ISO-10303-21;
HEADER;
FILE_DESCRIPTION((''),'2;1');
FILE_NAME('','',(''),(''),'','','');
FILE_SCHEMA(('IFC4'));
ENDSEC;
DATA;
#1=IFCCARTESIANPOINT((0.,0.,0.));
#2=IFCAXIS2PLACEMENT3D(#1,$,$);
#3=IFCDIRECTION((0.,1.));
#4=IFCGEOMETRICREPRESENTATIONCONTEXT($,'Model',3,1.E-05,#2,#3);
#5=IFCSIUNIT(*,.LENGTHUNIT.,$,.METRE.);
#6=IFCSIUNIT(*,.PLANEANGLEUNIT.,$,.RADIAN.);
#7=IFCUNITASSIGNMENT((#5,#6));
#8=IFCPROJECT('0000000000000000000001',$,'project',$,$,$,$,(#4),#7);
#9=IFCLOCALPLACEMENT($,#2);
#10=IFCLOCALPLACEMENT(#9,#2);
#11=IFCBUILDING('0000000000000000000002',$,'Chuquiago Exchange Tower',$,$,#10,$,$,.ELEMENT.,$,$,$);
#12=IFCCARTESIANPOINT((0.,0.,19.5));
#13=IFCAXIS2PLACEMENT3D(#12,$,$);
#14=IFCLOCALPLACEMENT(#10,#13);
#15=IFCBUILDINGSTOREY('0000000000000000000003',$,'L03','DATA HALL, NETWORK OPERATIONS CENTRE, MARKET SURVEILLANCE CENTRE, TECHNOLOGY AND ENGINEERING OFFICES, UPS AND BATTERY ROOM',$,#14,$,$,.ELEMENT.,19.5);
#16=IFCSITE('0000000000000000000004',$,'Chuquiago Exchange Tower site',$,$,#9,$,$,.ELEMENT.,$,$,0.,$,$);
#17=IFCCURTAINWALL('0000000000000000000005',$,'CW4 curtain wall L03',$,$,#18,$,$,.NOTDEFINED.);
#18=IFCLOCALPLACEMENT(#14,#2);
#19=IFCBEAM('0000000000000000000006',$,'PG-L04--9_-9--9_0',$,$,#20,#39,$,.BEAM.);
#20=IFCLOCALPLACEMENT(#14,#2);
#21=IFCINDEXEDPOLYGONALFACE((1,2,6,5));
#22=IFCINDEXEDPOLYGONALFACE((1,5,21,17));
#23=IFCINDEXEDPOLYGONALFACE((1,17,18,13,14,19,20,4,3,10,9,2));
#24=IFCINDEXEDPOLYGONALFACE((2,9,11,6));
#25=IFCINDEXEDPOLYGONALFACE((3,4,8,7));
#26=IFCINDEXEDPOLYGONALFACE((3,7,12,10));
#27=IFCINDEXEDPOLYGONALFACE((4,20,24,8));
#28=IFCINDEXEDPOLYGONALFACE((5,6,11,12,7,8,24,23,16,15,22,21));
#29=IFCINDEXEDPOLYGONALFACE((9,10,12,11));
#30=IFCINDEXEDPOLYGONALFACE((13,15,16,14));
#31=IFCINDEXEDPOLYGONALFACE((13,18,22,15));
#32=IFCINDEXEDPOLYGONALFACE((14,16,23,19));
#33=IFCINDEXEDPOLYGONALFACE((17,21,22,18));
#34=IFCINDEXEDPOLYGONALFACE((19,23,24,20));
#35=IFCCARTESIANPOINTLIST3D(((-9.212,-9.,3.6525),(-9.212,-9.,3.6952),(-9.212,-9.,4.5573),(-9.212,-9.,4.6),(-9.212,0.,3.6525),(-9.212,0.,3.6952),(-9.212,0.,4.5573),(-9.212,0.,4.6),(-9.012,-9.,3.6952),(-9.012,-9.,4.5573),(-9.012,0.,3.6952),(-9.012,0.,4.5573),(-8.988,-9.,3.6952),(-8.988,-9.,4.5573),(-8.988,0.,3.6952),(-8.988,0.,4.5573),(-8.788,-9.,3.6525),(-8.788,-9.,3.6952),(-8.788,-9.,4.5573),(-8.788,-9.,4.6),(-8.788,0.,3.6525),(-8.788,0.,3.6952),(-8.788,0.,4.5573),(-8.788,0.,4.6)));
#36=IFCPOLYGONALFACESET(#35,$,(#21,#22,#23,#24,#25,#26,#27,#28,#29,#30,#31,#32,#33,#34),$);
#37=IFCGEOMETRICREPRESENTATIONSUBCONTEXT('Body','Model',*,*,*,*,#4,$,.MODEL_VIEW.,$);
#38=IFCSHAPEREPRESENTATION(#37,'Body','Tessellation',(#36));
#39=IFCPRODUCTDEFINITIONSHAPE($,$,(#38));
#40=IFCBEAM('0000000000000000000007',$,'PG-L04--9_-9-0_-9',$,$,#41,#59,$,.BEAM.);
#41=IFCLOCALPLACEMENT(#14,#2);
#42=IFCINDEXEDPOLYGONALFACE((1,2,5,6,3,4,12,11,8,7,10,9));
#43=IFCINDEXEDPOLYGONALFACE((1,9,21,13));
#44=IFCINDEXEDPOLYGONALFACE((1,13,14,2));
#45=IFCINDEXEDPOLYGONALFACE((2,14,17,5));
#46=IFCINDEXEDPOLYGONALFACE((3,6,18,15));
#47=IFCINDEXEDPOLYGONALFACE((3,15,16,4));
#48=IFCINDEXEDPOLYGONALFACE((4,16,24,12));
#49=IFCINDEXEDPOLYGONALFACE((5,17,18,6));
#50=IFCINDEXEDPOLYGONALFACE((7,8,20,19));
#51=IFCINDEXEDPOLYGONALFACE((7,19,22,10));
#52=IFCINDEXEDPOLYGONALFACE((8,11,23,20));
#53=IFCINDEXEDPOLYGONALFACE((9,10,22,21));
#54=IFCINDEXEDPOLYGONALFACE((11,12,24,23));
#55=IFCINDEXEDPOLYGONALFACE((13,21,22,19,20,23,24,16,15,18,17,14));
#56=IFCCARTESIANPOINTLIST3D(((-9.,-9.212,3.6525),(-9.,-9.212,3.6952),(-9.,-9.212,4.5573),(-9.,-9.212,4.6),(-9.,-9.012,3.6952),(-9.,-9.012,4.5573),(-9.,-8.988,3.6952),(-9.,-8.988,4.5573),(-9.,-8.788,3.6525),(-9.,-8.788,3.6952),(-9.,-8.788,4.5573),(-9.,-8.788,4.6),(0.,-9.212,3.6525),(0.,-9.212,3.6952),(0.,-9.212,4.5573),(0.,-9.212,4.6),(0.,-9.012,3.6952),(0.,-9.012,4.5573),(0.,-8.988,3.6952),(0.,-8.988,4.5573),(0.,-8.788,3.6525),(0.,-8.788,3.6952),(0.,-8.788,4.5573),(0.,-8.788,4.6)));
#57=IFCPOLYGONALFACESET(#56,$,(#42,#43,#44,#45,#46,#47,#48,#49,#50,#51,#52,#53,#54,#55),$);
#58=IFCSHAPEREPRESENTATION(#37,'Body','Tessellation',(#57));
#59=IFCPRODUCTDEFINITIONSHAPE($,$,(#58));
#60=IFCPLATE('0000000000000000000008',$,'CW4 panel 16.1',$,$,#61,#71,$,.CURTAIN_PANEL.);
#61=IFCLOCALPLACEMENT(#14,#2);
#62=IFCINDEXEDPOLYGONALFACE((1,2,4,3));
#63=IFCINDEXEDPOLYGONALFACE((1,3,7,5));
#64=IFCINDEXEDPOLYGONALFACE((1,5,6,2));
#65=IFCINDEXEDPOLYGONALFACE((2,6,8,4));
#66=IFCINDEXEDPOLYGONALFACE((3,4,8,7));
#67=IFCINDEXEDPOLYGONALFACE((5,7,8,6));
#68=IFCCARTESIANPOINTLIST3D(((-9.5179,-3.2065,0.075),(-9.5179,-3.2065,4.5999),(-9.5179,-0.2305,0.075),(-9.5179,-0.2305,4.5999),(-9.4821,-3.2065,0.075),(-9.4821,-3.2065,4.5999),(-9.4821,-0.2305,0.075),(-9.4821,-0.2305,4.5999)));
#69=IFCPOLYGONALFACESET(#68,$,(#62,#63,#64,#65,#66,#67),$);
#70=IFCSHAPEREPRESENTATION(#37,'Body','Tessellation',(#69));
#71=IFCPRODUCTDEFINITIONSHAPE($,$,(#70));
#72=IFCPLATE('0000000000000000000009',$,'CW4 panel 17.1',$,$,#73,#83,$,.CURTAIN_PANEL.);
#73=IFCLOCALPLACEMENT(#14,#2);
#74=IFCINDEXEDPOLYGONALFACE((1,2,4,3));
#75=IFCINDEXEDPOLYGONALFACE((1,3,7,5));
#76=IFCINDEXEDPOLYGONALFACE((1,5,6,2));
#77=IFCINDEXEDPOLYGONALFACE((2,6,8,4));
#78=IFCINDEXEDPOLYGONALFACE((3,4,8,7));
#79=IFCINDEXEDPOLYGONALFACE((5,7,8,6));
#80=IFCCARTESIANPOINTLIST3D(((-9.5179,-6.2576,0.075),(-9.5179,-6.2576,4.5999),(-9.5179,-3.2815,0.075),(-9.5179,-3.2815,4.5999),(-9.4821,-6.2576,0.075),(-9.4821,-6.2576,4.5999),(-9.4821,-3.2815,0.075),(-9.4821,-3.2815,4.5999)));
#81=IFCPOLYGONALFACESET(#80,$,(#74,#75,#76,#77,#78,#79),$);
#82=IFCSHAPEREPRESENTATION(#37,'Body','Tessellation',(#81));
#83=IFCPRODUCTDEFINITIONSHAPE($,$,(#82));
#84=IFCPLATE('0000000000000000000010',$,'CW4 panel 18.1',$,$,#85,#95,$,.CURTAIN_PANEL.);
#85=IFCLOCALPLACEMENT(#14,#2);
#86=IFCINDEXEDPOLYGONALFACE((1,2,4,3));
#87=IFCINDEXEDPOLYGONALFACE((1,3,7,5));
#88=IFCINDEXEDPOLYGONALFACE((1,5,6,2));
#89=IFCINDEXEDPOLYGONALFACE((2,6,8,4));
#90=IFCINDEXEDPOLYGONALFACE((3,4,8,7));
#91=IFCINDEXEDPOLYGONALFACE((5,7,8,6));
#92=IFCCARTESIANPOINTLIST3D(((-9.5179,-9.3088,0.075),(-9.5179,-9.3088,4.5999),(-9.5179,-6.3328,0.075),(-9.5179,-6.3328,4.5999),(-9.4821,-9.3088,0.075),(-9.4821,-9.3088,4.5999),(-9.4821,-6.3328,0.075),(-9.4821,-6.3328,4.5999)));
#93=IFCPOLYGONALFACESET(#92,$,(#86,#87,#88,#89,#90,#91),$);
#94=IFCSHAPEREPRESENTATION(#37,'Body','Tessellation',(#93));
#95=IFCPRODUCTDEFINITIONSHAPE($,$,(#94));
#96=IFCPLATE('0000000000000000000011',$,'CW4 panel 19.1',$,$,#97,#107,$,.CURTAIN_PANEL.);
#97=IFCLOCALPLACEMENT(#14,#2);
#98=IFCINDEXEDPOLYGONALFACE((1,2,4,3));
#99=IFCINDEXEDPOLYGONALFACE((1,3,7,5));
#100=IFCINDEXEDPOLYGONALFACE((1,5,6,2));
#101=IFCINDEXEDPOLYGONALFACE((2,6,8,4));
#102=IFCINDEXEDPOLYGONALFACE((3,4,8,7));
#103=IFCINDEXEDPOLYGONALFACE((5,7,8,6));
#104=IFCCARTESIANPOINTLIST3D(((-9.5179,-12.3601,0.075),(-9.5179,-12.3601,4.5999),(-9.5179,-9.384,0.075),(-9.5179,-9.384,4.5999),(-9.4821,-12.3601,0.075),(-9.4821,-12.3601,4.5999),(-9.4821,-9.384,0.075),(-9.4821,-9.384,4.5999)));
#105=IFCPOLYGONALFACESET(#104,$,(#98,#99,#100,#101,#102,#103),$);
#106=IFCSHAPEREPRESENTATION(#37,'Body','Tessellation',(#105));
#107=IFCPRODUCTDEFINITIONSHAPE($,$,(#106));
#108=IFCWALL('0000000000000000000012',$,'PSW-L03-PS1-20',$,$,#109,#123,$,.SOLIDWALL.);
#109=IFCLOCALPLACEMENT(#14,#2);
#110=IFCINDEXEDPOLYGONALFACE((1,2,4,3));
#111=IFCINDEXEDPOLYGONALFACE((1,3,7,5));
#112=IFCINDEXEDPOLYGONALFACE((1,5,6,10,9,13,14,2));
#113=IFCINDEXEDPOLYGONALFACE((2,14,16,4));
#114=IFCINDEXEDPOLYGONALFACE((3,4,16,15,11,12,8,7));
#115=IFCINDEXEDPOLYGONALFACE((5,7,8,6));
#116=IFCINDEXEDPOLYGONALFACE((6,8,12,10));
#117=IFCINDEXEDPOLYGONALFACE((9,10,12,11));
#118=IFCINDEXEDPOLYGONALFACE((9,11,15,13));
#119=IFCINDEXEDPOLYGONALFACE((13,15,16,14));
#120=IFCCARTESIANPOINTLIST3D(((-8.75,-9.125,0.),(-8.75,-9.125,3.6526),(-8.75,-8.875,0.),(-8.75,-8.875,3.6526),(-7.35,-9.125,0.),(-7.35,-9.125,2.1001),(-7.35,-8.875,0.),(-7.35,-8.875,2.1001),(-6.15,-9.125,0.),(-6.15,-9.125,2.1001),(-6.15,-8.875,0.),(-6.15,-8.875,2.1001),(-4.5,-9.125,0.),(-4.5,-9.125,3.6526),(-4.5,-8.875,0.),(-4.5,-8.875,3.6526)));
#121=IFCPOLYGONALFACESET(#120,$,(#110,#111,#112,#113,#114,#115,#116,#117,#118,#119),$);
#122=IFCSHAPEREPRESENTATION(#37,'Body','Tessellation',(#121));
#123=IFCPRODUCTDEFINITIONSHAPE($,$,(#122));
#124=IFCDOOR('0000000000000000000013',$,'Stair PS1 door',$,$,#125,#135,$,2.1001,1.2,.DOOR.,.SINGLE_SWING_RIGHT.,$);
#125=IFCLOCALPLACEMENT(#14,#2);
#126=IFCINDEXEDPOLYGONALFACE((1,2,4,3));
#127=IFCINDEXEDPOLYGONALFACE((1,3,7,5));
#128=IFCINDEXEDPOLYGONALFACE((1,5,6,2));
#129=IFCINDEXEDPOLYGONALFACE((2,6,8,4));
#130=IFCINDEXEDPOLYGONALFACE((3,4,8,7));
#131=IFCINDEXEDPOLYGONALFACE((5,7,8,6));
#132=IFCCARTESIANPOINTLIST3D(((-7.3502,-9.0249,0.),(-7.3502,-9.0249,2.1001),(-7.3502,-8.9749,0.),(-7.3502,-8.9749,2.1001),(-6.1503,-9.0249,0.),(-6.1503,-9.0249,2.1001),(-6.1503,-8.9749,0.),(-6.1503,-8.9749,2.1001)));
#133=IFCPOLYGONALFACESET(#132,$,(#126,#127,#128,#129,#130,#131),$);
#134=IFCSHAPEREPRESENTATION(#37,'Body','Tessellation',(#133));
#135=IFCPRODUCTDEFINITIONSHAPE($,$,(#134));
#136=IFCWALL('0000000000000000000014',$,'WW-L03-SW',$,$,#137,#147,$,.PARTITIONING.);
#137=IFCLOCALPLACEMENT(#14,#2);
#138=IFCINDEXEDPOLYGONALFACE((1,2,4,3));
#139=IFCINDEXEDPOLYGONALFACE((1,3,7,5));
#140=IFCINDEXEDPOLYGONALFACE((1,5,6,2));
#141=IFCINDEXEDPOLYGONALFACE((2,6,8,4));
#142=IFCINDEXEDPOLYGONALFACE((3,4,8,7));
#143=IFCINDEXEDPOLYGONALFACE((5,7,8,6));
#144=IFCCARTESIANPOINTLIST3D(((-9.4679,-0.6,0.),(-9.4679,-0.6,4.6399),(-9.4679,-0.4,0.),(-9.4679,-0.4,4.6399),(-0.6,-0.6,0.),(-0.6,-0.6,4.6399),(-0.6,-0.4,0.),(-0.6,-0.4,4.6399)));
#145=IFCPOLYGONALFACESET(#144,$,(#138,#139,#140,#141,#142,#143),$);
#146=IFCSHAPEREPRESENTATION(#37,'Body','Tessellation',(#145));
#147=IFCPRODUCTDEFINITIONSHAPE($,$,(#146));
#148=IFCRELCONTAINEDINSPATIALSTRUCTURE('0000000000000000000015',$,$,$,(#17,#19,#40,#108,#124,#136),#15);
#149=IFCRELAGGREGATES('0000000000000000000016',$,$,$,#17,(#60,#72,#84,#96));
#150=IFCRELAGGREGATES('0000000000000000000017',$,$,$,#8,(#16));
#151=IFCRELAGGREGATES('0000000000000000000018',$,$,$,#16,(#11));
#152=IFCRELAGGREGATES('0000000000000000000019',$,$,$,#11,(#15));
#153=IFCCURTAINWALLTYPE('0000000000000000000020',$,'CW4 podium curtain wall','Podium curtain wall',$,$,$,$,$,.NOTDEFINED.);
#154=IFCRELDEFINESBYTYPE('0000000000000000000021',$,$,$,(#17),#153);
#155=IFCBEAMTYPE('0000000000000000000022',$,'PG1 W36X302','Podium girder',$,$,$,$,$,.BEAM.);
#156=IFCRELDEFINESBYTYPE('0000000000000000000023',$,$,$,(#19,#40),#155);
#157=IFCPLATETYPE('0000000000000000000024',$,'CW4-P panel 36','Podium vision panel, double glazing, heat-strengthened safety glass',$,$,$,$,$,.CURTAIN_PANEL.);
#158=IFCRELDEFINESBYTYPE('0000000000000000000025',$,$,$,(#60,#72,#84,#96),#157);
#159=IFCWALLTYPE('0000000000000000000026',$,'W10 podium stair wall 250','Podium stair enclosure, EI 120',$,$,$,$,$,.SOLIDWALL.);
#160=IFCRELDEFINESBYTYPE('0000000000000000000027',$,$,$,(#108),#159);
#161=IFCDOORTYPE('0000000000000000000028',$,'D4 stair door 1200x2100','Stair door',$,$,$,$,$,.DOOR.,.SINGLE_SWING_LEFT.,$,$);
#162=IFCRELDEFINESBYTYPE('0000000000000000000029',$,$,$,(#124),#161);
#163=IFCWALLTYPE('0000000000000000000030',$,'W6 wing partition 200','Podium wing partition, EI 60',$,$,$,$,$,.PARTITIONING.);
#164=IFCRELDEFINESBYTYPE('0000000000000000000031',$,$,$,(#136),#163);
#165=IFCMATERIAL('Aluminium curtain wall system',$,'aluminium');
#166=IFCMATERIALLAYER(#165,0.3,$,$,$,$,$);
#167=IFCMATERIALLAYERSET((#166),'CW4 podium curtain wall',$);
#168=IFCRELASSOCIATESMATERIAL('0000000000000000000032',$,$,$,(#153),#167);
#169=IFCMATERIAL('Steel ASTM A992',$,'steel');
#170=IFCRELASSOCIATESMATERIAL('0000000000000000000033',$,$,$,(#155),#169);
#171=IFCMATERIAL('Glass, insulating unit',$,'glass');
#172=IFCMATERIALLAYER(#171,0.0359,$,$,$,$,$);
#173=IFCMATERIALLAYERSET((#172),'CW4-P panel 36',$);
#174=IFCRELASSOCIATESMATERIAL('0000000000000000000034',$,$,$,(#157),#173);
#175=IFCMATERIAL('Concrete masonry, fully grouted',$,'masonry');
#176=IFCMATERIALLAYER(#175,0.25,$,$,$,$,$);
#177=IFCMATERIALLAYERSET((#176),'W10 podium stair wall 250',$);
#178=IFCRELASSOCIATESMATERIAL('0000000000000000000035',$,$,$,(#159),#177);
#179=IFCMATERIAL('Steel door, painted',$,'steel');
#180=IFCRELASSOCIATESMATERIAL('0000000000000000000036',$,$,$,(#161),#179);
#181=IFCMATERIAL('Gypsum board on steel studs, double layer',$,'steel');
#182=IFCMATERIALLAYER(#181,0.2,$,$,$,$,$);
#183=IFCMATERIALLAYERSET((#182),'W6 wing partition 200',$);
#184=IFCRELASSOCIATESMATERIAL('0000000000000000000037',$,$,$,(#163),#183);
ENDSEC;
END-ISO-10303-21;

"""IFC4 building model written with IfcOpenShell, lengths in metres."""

from ifc_helpers import new_model, si_unit, direction, frame, frame_2d, origin, origin_2d, place, context, subcontext, project, spatial, rectangle, i_section, extrude, material, layer, layer_set, material_profile, profile_set, type_object, element, fill, aggregate, save


model = new_model("IFC4")

# Units and contexts
model_context = context("Model", 3, precision=1e-05, world=origin(), true_north=direction((0.0, 1.0)))
body_context = subcontext(model_context, "Body", "Model", "MODEL_VIEW")
ifc_project = project(units=[si_unit("LENGTHUNIT", "METRE"), si_unit("PLANEANGLEUNIT", "RADIAN")], contexts=[model_context])

# Site, building, storey
site_placement = place(None, origin())
site = spatial("IfcSite", under=ifc_project, at=site_placement, Name="Chuquiago Exchange Tower site", CompositionType="ELEMENT", RefElevation=0.0)
building_placement = place(site_placement, origin())
building = spatial("IfcBuilding", under=site, at=building_placement, Name="Chuquiago Exchange Tower", CompositionType="ELEMENT")
storey_placement = place(building_placement, frame((0.0, 0.0, 19.5)))
storey = spatial("IfcBuildingStorey", under=building, at=storey_placement, Name="L03", Description="DATA HALL, NETWORK OPERATIONS CENTRE, MARKET SURVEILLANCE CENTRE, TECHNOLOGY AND ENGINEERING OFFICES, UPS AND BATTERY ROOM", CompositionType="ELEMENT", Elevation=19.5)

# Curtain wall
ifc_material_1 = material(Name="Aluminium curtain wall system", Category="aluminium")
ifc_layer_1 = layer(ifc_material_1, 0.3)
ifc_layer_set_1 = layer_set([ifc_layer_1], Name="CW4 podium curtain wall")
curtain_wall_type = type_object("IfcCurtainWallType", Name="CW4 podium curtain wall", Description="Podium curtain wall", PredefinedType="NOTDEFINED", material=ifc_layer_set_1)
curtain_wall_placement = place(storey_placement, origin())
curtain_wall = element("IfcCurtainWall", 1, at=curtain_wall_placement, inside=storey, type_object=curtain_wall_type, Name="CW4 curtain wall L03", PredefinedType="NOTDEFINED")

# Beams
ifc_material_2 = material(Name="Steel ASTM A992", Category="steel")
ifc_material_profile_1 = material_profile(ifc_material_2, i_section(OverallWidth=0.4241, OverallDepth=0.9475, WebThickness=0.0239, FlangeThickness=0.0427, at=origin_2d()), Name="W36X302")
ifc_profile_set_1 = profile_set([ifc_material_profile_1], Name="Steel ASTM A992")
beam_type_1 = type_object("IfcBeamType", Name="PG1 W36X302", Description="Podium girder", PredefinedType="BEAM", material=ifc_profile_set_1)
for number, where, z_axis, x_axis, name in (
    (2, (-9.0, -9.0, 4.1262), (0.0, 1.0, 0.0), (-1.0, 0.0, 0.0), "PG-L04--9_-9--9_0"),
    (3, (-9.0, -9.0, 4.1262), (1.0, 0.0, 0.0), (0.0, 1.0, 0.0), "PG-L04--9_-9-0_-9"),
):
    element("IfcBeam", number, at=place(storey_placement, frame(where, z_axis=z_axis, x_axis=x_axis)), inside=storey, type_object=beam_type_1, Name=name, PredefinedType="BEAM", context=body_context, shape_type="SweptSolid", body=[
        extrude(i_section(OverallWidth=0.4241, OverallDepth=0.9475, WebThickness=0.0239, FlangeThickness=0.0427, at=origin_2d()), origin(), (0.0, 0.0, 1.0), 9.0),
    ])

# Plates
ifc_material_3 = material(Name="Glass, insulating unit", Category="glass")
ifc_layer_2 = layer(ifc_material_3, 0.0359)
ifc_layer_set_2 = layer_set([ifc_layer_2], Name="CW4-P panel 36")
plate_type = type_object("IfcPlateType", Name="CW4-P panel 36", Description="Podium vision panel, double glazing, heat-strengthened safety glass", PredefinedType="CURTAIN_PANEL", material=ifc_layer_set_2)
plate_1_placement = place(storey_placement, frame((-9.5, -1.7185, 0.075), z_axis=(0.0, 0.0, 1.0), x_axis=(0.0, -1.0, 0.0)))
plate_1 = element("IfcPlate", 4, at=plate_1_placement, type_object=plate_type, Name="CW4 panel 16.1", PredefinedType="CURTAIN_PANEL", context=body_context, shape_type="SweptSolid", body=[
    extrude(rectangle(XDim=2.9761, YDim=0.0359, at=origin_2d()), origin(), (0.0, 0.0, 1.0), 4.5249),
])
plate_2_placement = place(storey_placement, frame((-9.5, -4.7695, 0.075), z_axis=(0.0, 0.0, 1.0), x_axis=(0.0, -1.0, 0.0)))
plate_2 = element("IfcPlate", 5, at=plate_2_placement, type_object=plate_type, Name="CW4 panel 17.1", PredefinedType="CURTAIN_PANEL", context=body_context, shape_type="SweptSolid", body=[
    extrude(rectangle(XDim=2.9761, YDim=0.0359, at=origin_2d()), origin(), (0.0, 0.0, 1.0), 4.5249),
])
plate_3_placement = place(storey_placement, frame((-9.5, -7.8208, 0.075), z_axis=(0.0, 0.0, 1.0), x_axis=(0.0, -1.0, 0.0)))
plate_3 = element("IfcPlate", 6, at=plate_3_placement, type_object=plate_type, Name="CW4 panel 18.1", PredefinedType="CURTAIN_PANEL", context=body_context, shape_type="SweptSolid", body=[
    extrude(rectangle(XDim=2.9761, YDim=0.0359, at=origin_2d()), origin(), (0.0, 0.0, 1.0), 4.5249),
])
plate_4_placement = place(storey_placement, frame((-9.5, -10.8721, 0.075), z_axis=(0.0, 0.0, 1.0), x_axis=(0.0, -1.0, 0.0)))
plate_4 = element("IfcPlate", 7, at=plate_4_placement, type_object=plate_type, Name="CW4 panel 19.1", PredefinedType="CURTAIN_PANEL", context=body_context, shape_type="SweptSolid", body=[
    extrude(rectangle(XDim=2.9761, YDim=0.0359, at=origin_2d()), origin(), (0.0, 0.0, 1.0), 4.5249),
])
aggregate(curtain_wall, [plate_1, plate_2, plate_3, plate_4])

# Wall, opening, door
ifc_material_4 = material(Name="Concrete masonry, fully grouted", Category="masonry")
ifc_layer_3 = layer(ifc_material_4, 0.25)
ifc_layer_set_3 = layer_set([ifc_layer_3], Name="W10 podium stair wall 250")
wall_type_1 = type_object("IfcWallType", Name="W10 podium stair wall 250", Description="Podium stair enclosure, EI 120", PredefinedType="SOLIDWALL", material=ifc_layer_set_3)
wall_1_placement = place(storey_placement, frame((-8.75, -9.0, 0.0), z_axis=(0.0, 0.0, 1.0), x_axis=(1.0, 0.0, 0.0)))
wall_1 = element("IfcWall", 8, at=wall_1_placement, inside=storey, type_object=wall_type_1, Name="PSW-L03-PS1-20", PredefinedType="SOLIDWALL", context=body_context, shape_type="SweptSolid", body=[
    extrude(rectangle(XDim=4.25, YDim=0.25, at=frame_2d((2.125, 0.0))), origin(), (0.0, 0.0, 1.0), 3.6526),
])
opening_placement = place(wall_1_placement, frame((1.3999, 0.0, 0.0)))
opening = element("IfcOpeningElement", 9, at=opening_placement, cuts=wall_1, PredefinedType="OPENING", context=body_context, shape_type="SweptSolid", body=[
    extrude(rectangle(XDim=1.2, YDim=2.1001, at=frame_2d((0.6001, 1.05))), frame((0.0, 0.135, 0.0), z_axis=(0.0, -1.0, 0.0), x_axis=(1.0, 0.0, 0.0)), (0.0, 0.0, 1.0), 0.27),
])
ifc_material_5 = material(Name="Steel door, painted", Category="steel")
door_type = type_object("IfcDoorType", Name="D4 stair door 1200x2100", Description="Stair door", OperationType="SINGLE_SWING_LEFT", PredefinedType="DOOR", material=ifc_material_5)
door_placement = place(opening_placement, frame((1.2, 0.0, 0.0), z_axis=(0.0, 0.0, 1.0), x_axis=(-1.0, 0.0, 0.0)))
door = element("IfcDoor", 10, at=door_placement, inside=storey, type_object=door_type, Name="Stair PS1 door", OperationType="SINGLE_SWING_RIGHT", OverallHeight=2.1001, OverallWidth=1.2, PredefinedType="DOOR", context=body_context, shape_type="SweptSolid", body=[
    extrude(rectangle(XDim=1.2, YDim=2.1001, at=frame_2d((0.6001, 1.05))), frame((0.0, 0.0249, 0.0), z_axis=(0.0, -1.0, 0.0), x_axis=(1.0, 0.0, 0.0)), (0.0, 0.0, 1.0), 0.05),
])
fill(opening, door)

# Wall
ifc_material_6 = material(Name="Gypsum board on steel studs, double layer", Category="steel")
ifc_layer_4 = layer(ifc_material_6, 0.2)
ifc_layer_set_4 = layer_set([ifc_layer_4], Name="W6 wing partition 200")
wall_type_2 = type_object("IfcWallType", Name="W6 wing partition 200", Description="Podium wing partition, EI 60", PredefinedType="PARTITIONING", material=ifc_layer_set_4)
wall_2_placement = place(storey_placement, frame((-9.468, -0.5, 0.0), z_axis=(0.0, 0.0, 1.0), x_axis=(1.0, 0.0, 0.0)))
element("IfcWall", 11, at=wall_2_placement, inside=storey, type_object=wall_type_2, Name="WW-L03-SW", PredefinedType="PARTITIONING", context=body_context, shape_type="SweptSolid", body=[
    extrude(rectangle(XDim=8.8679, YDim=0.2, at=frame_2d((4.4341, 0.0))), origin(), (0.0, 0.0, 1.0), 4.6399),
])

save(model, "model.ifc")
